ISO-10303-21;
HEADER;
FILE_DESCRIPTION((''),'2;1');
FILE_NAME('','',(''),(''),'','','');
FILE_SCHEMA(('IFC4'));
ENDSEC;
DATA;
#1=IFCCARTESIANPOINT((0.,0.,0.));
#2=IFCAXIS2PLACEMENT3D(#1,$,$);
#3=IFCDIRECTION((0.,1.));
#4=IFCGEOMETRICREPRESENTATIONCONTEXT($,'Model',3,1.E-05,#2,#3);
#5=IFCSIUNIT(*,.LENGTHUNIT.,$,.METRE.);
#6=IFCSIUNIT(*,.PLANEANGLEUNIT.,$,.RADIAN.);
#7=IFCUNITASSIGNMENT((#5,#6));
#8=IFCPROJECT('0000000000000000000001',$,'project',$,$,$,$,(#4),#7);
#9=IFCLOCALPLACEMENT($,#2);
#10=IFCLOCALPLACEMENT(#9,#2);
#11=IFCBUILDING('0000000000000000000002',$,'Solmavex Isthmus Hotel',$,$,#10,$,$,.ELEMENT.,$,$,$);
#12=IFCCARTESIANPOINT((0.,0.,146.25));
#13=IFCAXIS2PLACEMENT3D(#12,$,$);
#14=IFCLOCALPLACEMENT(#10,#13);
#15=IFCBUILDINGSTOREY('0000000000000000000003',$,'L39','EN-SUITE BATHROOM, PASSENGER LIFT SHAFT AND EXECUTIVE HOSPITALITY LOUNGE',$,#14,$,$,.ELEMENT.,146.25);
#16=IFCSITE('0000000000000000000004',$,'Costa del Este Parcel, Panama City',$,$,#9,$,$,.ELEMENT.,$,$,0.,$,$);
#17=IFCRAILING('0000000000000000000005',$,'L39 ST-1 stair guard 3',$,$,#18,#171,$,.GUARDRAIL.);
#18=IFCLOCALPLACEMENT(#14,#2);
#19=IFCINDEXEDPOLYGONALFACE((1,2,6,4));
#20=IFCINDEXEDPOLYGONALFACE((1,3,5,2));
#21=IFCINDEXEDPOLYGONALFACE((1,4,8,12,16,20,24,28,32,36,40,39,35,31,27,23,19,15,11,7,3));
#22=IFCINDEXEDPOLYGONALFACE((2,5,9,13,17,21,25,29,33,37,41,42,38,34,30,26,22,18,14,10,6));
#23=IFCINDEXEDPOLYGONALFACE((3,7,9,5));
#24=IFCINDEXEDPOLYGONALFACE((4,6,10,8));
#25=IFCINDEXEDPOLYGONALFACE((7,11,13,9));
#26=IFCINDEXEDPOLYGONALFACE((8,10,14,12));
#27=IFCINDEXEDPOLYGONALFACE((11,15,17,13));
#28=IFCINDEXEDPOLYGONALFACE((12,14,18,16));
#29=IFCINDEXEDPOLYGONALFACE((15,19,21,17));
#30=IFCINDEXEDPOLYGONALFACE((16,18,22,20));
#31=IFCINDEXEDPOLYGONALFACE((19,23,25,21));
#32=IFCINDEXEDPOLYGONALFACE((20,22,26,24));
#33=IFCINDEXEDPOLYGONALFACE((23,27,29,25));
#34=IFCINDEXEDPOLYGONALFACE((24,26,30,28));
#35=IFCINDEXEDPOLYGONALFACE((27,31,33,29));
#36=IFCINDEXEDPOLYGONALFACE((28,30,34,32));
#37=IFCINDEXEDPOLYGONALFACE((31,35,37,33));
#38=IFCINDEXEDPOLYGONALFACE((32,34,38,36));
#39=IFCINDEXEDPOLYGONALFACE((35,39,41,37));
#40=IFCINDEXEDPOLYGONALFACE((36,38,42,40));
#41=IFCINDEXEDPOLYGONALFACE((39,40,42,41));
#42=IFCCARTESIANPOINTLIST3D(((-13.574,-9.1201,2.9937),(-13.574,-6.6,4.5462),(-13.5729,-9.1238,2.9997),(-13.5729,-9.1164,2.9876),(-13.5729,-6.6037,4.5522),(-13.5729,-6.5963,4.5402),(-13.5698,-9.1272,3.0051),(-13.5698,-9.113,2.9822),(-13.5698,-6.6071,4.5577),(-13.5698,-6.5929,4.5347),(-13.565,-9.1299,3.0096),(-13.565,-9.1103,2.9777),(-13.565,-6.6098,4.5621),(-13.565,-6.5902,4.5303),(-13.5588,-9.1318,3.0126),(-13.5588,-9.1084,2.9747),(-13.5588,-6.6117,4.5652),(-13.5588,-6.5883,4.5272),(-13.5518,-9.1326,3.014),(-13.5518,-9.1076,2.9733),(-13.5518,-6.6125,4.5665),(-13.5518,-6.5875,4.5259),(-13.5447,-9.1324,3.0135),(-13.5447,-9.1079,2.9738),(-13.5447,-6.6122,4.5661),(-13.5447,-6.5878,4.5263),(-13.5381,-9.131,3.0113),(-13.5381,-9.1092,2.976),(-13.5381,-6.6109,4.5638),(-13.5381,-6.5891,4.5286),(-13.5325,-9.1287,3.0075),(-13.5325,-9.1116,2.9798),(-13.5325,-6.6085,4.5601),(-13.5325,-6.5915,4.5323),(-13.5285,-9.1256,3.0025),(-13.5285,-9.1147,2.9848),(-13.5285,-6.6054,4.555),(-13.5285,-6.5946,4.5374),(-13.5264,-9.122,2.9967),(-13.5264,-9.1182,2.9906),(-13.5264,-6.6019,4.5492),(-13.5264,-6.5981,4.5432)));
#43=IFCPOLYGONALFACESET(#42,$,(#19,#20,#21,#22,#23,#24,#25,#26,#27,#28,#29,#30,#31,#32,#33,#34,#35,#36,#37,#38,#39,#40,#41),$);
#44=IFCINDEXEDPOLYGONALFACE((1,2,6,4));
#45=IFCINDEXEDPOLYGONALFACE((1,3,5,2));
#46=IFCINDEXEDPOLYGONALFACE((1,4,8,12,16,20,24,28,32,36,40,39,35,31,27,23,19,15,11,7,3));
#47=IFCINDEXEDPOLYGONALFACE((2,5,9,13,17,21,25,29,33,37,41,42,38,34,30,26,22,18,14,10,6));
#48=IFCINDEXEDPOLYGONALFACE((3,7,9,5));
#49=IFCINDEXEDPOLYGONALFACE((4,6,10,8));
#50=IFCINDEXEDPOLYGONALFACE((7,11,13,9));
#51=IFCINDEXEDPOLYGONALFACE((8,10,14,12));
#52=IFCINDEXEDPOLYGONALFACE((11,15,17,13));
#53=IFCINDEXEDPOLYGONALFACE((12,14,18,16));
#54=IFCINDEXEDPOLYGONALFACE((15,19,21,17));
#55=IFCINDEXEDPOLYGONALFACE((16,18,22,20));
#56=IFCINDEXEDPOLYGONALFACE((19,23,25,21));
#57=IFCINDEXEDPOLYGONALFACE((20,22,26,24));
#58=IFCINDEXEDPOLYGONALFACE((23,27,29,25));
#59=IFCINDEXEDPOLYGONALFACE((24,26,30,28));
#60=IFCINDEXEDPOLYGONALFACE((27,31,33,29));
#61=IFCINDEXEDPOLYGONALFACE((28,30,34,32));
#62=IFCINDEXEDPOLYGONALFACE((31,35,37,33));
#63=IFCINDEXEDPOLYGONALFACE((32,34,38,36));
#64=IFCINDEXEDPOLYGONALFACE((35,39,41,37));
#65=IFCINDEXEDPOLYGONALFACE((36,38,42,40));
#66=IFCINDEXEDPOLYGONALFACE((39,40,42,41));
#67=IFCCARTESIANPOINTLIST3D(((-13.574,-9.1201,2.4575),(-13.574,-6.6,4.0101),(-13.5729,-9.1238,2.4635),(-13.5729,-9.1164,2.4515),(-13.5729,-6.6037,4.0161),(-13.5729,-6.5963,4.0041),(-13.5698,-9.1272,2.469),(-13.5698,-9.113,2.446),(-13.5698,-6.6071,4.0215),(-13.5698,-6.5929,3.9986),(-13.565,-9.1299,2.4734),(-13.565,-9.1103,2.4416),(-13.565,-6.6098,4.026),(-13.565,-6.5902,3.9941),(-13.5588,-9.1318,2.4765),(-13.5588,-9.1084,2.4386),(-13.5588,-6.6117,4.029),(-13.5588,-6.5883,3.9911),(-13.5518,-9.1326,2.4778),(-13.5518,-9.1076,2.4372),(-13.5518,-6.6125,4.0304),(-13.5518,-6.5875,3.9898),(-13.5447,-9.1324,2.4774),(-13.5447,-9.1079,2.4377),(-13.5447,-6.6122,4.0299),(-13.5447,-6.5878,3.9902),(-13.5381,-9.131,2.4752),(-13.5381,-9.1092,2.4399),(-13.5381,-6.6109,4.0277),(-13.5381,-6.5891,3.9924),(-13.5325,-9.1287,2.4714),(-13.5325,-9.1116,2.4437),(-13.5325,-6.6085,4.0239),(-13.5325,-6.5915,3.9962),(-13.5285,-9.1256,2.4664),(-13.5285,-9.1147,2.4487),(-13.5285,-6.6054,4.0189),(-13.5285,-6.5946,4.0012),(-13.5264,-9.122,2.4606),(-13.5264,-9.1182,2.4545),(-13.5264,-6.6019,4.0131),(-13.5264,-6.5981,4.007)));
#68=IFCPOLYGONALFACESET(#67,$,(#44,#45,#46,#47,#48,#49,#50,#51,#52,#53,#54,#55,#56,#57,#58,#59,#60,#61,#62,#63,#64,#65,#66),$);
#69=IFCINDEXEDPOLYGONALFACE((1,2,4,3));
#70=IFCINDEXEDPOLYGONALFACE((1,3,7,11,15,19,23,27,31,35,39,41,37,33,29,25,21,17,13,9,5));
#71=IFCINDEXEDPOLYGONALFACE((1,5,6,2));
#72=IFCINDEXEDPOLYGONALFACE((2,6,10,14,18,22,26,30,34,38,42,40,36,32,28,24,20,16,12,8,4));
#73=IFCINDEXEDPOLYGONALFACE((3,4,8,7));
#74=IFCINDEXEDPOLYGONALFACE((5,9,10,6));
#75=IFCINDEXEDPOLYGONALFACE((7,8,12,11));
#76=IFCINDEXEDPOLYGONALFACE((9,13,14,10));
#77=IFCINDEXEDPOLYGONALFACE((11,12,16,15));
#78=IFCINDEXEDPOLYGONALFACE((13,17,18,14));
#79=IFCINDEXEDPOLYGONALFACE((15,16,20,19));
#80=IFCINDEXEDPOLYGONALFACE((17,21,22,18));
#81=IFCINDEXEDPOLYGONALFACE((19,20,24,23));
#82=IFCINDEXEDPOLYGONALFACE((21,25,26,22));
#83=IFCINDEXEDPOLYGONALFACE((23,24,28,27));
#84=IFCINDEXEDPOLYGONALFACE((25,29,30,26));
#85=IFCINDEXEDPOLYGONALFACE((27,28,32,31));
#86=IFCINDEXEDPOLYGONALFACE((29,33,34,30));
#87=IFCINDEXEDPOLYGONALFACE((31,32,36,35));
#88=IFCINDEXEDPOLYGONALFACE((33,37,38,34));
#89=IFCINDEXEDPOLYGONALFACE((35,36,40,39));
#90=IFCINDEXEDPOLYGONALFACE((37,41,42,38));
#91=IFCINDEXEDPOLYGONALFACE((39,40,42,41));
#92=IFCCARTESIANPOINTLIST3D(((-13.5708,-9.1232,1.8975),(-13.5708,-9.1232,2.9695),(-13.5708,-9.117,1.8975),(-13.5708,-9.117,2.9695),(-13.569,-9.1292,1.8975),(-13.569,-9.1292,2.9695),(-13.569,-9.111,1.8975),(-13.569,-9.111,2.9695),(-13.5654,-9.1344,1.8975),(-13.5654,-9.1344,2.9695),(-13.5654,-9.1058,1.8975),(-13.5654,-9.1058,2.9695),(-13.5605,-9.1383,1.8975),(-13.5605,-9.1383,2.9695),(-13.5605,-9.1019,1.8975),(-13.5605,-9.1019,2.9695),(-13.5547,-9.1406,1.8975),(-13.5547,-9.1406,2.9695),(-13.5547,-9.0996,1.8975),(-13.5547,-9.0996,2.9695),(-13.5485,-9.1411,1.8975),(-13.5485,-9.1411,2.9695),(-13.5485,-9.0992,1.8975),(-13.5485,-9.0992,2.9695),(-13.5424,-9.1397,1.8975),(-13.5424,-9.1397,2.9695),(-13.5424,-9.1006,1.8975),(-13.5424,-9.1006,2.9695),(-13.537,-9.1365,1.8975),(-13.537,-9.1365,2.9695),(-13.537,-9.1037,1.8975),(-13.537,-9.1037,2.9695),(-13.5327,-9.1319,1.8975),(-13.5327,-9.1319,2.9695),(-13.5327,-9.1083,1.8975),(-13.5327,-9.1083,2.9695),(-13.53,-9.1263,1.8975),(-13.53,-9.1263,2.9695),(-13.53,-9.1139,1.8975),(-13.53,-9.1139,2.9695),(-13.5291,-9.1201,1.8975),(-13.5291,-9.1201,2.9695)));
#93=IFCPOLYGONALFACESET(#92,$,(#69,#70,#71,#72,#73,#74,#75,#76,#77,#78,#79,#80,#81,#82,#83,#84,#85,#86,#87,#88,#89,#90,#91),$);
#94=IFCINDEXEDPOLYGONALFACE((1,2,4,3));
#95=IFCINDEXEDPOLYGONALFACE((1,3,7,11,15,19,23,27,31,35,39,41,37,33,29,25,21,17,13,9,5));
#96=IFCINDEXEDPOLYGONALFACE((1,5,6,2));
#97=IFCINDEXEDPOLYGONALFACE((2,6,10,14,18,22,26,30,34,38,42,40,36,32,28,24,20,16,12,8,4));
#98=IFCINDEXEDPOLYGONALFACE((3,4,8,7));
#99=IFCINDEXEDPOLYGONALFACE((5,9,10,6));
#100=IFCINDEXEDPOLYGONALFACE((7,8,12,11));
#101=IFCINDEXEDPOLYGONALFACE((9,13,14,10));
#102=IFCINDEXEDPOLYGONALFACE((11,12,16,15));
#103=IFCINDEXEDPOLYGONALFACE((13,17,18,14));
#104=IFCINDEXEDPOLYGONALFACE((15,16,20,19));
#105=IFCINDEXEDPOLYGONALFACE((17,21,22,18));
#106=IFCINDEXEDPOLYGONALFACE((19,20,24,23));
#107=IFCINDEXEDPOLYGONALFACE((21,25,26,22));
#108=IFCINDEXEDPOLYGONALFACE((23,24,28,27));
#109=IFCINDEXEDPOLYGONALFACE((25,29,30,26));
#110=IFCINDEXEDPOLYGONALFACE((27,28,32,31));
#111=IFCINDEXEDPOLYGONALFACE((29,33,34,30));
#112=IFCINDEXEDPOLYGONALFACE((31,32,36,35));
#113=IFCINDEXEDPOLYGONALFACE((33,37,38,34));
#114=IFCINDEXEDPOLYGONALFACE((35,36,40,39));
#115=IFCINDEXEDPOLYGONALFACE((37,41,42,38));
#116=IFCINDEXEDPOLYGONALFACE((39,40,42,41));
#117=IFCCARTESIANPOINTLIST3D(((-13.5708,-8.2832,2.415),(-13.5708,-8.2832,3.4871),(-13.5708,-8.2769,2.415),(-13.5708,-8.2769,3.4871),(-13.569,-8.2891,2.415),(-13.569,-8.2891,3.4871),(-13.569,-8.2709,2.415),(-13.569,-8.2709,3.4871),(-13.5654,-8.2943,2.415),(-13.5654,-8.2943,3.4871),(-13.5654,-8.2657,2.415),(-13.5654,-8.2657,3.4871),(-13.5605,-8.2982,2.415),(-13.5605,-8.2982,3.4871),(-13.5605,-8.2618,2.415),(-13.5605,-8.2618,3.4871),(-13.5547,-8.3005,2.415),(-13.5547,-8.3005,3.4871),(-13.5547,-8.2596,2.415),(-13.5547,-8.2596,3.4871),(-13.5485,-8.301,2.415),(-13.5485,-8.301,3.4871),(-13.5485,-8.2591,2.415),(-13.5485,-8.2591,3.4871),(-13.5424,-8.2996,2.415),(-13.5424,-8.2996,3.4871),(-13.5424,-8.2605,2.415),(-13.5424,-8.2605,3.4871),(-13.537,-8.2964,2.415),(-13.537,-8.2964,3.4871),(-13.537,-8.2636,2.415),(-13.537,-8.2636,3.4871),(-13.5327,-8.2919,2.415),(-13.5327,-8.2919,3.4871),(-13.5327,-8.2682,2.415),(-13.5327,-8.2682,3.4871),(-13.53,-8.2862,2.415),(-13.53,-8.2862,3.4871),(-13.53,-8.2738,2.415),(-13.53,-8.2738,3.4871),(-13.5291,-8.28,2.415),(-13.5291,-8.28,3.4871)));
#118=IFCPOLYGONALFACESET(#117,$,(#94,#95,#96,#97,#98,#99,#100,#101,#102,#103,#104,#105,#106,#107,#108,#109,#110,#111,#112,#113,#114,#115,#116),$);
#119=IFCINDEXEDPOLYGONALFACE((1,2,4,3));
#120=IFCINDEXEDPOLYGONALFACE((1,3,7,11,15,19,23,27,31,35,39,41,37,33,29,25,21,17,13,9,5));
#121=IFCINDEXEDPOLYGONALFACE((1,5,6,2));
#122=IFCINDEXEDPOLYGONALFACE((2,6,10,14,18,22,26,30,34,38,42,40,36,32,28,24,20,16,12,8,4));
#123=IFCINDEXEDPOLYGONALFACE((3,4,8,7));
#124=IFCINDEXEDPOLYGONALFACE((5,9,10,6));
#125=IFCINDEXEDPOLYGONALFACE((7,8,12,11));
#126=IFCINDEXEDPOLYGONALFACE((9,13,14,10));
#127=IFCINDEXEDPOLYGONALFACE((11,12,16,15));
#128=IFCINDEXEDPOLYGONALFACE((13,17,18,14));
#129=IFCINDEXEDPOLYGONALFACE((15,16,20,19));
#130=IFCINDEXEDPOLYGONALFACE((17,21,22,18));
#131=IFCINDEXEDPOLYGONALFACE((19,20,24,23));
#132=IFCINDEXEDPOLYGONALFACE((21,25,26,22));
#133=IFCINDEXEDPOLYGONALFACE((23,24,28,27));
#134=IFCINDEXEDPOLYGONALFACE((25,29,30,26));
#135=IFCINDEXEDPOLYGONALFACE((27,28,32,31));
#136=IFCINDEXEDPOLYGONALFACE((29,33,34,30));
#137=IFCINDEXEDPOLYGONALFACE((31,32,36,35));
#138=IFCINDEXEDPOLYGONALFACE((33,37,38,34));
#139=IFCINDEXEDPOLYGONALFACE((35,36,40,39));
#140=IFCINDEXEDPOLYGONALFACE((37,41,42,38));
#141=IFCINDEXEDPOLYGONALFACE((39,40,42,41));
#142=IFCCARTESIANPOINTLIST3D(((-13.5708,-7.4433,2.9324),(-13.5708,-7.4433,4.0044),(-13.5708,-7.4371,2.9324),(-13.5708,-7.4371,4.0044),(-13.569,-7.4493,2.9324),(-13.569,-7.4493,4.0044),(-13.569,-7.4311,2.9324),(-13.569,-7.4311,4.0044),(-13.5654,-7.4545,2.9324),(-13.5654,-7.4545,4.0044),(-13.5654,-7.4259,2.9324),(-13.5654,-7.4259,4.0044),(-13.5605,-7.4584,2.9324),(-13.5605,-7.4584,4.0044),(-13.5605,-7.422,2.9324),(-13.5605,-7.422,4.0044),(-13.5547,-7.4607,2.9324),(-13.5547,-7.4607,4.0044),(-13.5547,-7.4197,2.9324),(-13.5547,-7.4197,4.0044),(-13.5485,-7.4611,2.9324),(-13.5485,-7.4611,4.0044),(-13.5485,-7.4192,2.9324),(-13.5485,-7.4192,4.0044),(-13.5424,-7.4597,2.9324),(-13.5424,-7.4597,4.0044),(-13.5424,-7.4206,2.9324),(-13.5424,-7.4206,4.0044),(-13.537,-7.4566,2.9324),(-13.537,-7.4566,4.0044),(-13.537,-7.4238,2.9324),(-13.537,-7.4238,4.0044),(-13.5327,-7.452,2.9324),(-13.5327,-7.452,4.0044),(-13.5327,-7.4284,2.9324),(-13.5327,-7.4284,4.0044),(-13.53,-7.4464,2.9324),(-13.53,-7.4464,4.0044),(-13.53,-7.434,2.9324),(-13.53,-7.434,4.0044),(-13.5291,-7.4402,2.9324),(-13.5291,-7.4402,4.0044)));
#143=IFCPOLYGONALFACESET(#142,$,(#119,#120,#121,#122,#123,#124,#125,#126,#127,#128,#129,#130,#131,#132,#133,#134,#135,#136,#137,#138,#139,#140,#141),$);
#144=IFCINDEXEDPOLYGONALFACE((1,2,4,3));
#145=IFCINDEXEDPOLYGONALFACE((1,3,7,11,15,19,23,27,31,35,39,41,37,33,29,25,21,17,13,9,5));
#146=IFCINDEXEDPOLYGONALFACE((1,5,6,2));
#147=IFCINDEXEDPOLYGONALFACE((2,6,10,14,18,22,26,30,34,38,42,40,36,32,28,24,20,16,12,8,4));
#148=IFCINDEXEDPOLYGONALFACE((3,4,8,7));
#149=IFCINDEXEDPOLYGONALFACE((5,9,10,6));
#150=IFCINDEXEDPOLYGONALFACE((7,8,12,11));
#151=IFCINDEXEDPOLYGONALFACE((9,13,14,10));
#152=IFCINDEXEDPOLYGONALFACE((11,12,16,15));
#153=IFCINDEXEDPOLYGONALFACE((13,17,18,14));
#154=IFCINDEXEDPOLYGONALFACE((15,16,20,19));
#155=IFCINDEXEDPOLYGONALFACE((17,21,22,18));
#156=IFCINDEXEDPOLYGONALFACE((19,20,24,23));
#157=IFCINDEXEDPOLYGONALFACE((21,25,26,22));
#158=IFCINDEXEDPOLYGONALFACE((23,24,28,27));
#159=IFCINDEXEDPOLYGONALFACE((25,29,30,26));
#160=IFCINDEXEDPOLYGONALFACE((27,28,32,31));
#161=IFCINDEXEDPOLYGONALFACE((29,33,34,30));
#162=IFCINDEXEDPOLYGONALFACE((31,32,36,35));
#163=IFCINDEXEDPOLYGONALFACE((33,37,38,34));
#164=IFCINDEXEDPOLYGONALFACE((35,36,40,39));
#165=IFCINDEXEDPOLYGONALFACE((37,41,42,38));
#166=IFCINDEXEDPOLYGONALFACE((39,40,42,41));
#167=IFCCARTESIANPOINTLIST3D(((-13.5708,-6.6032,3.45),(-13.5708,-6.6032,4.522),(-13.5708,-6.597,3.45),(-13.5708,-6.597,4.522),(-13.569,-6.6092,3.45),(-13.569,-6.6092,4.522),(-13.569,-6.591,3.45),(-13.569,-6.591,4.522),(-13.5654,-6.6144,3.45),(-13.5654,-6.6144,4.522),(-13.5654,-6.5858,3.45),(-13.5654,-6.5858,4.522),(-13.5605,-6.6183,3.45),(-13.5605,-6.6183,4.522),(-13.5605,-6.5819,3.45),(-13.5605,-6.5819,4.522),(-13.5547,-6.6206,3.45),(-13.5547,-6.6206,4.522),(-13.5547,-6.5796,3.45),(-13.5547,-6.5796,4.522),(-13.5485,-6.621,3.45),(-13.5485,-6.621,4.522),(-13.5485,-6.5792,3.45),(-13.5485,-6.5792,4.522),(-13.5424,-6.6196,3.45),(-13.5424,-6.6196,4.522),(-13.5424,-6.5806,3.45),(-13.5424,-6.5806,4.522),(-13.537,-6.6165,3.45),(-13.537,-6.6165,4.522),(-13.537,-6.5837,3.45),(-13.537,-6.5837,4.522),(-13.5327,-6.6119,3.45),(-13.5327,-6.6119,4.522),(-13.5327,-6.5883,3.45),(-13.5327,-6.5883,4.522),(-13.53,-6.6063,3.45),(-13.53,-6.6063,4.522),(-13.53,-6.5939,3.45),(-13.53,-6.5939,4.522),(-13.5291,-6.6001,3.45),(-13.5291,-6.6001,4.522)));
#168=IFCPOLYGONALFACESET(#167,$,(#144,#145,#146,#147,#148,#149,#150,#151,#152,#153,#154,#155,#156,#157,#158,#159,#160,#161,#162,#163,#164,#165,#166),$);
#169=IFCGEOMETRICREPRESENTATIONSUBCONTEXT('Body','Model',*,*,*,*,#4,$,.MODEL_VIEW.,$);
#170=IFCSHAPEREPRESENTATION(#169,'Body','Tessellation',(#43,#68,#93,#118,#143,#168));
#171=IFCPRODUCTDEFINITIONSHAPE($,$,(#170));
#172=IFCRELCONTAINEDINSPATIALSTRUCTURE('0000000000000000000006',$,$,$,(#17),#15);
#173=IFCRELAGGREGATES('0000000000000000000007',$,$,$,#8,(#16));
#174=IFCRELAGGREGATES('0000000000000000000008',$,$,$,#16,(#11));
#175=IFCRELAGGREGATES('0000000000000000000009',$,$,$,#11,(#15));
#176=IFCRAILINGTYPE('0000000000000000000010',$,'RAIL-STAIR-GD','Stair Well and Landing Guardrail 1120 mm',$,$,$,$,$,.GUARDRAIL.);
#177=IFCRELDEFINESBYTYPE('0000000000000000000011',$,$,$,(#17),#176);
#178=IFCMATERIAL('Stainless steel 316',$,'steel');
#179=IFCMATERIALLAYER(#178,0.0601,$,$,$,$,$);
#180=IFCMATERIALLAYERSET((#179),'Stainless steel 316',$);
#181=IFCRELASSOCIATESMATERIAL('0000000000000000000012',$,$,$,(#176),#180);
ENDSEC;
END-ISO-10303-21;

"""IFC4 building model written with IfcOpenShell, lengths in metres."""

from ifc_helpers import new_model, si_unit, direction, frame, origin, origin_2d, place, context, subcontext, project, spatial, circle, extrude, material, layer, layer_set, type_object, element, save


model = new_model("IFC4")

# Units and contexts
model_context = context("Model", 3, precision=1e-05, world=origin(), true_north=direction((0.0, 1.0)))
body_context = subcontext(model_context, "Body", "Model", "MODEL_VIEW")
ifc_project = project(units=[si_unit("LENGTHUNIT", "METRE"), si_unit("PLANEANGLEUNIT", "RADIAN")], contexts=[model_context])

# Site, building, storey
site_placement = place(None, origin())
site = spatial("IfcSite", under=ifc_project, at=site_placement, Name="Costa del Este Parcel, Panama City", CompositionType="ELEMENT", RefElevation=0.0)
building_placement = place(site_placement, origin())
building = spatial("IfcBuilding", under=site, at=building_placement, Name="Solmavex Isthmus Hotel", CompositionType="ELEMENT")
storey_placement = place(building_placement, frame((0.0, 0.0, 146.25)))
storey = spatial("IfcBuildingStorey", under=building, at=storey_placement, Name="L39", Description="EN-SUITE BATHROOM, PASSENGER LIFT SHAFT AND EXECUTIVE HOSPITALITY LOUNGE", CompositionType="ELEMENT", Elevation=146.25)

# Railing
ifc_material_1 = material(Name="Stainless steel 316", Category="steel")
ifc_layer_1 = layer(ifc_material_1, 0.0601)
ifc_layer_set_1 = layer_set([ifc_layer_1], Name="Stainless steel 316")
railing_type = type_object("IfcRailingType", Name="RAIL-STAIR-GD", Description="Stair Well and Landing Guardrail 1120 mm", PredefinedType="GUARDRAIL", material=ifc_layer_set_1)
railing_1_placement = place(storey_placement, frame((-13.55, -9.1201, 1.8975)))
element("IfcRailing", 1, at=railing_1_placement, inside=storey, type_object=railing_type, Name="L39 ST-1 stair guard 3", PredefinedType="GUARDRAIL", context=body_context, shape_type="SweptSolid", body=[
    extrude(circle(Radius=0.0239, at=origin_2d()), frame((0.0, 0.0, 1.0962), z_axis=(0.0, 0.8514, 0.524516), x_axis=(-1.0, 0.0, 0.0)), (0.0, 0.0, 1.0), 2.96),
    extrude(circle(Radius=0.0239, at=origin_2d()), frame((0.0, 0.0, 0.5601), z_axis=(0.0, 0.8514, 0.524516), x_axis=(-1.0, 0.0, 0.0)), (0.0, 0.0, 1.0), 2.96),
    extrude(circle(Radius=0.021, at=origin_2d()), origin(), (0.0, 0.0, 1.0), 1.072),
    extrude(circle(Radius=0.021, at=origin_2d()), frame((0.0, 0.8401, 0.5176)), (0.0, 0.0, 1.0), 1.072),
    extrude(circle(Radius=0.021, at=origin_2d()), frame((0.0, 1.6799, 1.0349)), (0.0, 0.0, 1.0), 1.072),
    extrude(circle(Radius=0.021, at=origin_2d()), frame((0.0, 2.52, 1.5525)), (0.0, 0.0, 1.0), 1.072),
])

save(model, "model.ifc")
